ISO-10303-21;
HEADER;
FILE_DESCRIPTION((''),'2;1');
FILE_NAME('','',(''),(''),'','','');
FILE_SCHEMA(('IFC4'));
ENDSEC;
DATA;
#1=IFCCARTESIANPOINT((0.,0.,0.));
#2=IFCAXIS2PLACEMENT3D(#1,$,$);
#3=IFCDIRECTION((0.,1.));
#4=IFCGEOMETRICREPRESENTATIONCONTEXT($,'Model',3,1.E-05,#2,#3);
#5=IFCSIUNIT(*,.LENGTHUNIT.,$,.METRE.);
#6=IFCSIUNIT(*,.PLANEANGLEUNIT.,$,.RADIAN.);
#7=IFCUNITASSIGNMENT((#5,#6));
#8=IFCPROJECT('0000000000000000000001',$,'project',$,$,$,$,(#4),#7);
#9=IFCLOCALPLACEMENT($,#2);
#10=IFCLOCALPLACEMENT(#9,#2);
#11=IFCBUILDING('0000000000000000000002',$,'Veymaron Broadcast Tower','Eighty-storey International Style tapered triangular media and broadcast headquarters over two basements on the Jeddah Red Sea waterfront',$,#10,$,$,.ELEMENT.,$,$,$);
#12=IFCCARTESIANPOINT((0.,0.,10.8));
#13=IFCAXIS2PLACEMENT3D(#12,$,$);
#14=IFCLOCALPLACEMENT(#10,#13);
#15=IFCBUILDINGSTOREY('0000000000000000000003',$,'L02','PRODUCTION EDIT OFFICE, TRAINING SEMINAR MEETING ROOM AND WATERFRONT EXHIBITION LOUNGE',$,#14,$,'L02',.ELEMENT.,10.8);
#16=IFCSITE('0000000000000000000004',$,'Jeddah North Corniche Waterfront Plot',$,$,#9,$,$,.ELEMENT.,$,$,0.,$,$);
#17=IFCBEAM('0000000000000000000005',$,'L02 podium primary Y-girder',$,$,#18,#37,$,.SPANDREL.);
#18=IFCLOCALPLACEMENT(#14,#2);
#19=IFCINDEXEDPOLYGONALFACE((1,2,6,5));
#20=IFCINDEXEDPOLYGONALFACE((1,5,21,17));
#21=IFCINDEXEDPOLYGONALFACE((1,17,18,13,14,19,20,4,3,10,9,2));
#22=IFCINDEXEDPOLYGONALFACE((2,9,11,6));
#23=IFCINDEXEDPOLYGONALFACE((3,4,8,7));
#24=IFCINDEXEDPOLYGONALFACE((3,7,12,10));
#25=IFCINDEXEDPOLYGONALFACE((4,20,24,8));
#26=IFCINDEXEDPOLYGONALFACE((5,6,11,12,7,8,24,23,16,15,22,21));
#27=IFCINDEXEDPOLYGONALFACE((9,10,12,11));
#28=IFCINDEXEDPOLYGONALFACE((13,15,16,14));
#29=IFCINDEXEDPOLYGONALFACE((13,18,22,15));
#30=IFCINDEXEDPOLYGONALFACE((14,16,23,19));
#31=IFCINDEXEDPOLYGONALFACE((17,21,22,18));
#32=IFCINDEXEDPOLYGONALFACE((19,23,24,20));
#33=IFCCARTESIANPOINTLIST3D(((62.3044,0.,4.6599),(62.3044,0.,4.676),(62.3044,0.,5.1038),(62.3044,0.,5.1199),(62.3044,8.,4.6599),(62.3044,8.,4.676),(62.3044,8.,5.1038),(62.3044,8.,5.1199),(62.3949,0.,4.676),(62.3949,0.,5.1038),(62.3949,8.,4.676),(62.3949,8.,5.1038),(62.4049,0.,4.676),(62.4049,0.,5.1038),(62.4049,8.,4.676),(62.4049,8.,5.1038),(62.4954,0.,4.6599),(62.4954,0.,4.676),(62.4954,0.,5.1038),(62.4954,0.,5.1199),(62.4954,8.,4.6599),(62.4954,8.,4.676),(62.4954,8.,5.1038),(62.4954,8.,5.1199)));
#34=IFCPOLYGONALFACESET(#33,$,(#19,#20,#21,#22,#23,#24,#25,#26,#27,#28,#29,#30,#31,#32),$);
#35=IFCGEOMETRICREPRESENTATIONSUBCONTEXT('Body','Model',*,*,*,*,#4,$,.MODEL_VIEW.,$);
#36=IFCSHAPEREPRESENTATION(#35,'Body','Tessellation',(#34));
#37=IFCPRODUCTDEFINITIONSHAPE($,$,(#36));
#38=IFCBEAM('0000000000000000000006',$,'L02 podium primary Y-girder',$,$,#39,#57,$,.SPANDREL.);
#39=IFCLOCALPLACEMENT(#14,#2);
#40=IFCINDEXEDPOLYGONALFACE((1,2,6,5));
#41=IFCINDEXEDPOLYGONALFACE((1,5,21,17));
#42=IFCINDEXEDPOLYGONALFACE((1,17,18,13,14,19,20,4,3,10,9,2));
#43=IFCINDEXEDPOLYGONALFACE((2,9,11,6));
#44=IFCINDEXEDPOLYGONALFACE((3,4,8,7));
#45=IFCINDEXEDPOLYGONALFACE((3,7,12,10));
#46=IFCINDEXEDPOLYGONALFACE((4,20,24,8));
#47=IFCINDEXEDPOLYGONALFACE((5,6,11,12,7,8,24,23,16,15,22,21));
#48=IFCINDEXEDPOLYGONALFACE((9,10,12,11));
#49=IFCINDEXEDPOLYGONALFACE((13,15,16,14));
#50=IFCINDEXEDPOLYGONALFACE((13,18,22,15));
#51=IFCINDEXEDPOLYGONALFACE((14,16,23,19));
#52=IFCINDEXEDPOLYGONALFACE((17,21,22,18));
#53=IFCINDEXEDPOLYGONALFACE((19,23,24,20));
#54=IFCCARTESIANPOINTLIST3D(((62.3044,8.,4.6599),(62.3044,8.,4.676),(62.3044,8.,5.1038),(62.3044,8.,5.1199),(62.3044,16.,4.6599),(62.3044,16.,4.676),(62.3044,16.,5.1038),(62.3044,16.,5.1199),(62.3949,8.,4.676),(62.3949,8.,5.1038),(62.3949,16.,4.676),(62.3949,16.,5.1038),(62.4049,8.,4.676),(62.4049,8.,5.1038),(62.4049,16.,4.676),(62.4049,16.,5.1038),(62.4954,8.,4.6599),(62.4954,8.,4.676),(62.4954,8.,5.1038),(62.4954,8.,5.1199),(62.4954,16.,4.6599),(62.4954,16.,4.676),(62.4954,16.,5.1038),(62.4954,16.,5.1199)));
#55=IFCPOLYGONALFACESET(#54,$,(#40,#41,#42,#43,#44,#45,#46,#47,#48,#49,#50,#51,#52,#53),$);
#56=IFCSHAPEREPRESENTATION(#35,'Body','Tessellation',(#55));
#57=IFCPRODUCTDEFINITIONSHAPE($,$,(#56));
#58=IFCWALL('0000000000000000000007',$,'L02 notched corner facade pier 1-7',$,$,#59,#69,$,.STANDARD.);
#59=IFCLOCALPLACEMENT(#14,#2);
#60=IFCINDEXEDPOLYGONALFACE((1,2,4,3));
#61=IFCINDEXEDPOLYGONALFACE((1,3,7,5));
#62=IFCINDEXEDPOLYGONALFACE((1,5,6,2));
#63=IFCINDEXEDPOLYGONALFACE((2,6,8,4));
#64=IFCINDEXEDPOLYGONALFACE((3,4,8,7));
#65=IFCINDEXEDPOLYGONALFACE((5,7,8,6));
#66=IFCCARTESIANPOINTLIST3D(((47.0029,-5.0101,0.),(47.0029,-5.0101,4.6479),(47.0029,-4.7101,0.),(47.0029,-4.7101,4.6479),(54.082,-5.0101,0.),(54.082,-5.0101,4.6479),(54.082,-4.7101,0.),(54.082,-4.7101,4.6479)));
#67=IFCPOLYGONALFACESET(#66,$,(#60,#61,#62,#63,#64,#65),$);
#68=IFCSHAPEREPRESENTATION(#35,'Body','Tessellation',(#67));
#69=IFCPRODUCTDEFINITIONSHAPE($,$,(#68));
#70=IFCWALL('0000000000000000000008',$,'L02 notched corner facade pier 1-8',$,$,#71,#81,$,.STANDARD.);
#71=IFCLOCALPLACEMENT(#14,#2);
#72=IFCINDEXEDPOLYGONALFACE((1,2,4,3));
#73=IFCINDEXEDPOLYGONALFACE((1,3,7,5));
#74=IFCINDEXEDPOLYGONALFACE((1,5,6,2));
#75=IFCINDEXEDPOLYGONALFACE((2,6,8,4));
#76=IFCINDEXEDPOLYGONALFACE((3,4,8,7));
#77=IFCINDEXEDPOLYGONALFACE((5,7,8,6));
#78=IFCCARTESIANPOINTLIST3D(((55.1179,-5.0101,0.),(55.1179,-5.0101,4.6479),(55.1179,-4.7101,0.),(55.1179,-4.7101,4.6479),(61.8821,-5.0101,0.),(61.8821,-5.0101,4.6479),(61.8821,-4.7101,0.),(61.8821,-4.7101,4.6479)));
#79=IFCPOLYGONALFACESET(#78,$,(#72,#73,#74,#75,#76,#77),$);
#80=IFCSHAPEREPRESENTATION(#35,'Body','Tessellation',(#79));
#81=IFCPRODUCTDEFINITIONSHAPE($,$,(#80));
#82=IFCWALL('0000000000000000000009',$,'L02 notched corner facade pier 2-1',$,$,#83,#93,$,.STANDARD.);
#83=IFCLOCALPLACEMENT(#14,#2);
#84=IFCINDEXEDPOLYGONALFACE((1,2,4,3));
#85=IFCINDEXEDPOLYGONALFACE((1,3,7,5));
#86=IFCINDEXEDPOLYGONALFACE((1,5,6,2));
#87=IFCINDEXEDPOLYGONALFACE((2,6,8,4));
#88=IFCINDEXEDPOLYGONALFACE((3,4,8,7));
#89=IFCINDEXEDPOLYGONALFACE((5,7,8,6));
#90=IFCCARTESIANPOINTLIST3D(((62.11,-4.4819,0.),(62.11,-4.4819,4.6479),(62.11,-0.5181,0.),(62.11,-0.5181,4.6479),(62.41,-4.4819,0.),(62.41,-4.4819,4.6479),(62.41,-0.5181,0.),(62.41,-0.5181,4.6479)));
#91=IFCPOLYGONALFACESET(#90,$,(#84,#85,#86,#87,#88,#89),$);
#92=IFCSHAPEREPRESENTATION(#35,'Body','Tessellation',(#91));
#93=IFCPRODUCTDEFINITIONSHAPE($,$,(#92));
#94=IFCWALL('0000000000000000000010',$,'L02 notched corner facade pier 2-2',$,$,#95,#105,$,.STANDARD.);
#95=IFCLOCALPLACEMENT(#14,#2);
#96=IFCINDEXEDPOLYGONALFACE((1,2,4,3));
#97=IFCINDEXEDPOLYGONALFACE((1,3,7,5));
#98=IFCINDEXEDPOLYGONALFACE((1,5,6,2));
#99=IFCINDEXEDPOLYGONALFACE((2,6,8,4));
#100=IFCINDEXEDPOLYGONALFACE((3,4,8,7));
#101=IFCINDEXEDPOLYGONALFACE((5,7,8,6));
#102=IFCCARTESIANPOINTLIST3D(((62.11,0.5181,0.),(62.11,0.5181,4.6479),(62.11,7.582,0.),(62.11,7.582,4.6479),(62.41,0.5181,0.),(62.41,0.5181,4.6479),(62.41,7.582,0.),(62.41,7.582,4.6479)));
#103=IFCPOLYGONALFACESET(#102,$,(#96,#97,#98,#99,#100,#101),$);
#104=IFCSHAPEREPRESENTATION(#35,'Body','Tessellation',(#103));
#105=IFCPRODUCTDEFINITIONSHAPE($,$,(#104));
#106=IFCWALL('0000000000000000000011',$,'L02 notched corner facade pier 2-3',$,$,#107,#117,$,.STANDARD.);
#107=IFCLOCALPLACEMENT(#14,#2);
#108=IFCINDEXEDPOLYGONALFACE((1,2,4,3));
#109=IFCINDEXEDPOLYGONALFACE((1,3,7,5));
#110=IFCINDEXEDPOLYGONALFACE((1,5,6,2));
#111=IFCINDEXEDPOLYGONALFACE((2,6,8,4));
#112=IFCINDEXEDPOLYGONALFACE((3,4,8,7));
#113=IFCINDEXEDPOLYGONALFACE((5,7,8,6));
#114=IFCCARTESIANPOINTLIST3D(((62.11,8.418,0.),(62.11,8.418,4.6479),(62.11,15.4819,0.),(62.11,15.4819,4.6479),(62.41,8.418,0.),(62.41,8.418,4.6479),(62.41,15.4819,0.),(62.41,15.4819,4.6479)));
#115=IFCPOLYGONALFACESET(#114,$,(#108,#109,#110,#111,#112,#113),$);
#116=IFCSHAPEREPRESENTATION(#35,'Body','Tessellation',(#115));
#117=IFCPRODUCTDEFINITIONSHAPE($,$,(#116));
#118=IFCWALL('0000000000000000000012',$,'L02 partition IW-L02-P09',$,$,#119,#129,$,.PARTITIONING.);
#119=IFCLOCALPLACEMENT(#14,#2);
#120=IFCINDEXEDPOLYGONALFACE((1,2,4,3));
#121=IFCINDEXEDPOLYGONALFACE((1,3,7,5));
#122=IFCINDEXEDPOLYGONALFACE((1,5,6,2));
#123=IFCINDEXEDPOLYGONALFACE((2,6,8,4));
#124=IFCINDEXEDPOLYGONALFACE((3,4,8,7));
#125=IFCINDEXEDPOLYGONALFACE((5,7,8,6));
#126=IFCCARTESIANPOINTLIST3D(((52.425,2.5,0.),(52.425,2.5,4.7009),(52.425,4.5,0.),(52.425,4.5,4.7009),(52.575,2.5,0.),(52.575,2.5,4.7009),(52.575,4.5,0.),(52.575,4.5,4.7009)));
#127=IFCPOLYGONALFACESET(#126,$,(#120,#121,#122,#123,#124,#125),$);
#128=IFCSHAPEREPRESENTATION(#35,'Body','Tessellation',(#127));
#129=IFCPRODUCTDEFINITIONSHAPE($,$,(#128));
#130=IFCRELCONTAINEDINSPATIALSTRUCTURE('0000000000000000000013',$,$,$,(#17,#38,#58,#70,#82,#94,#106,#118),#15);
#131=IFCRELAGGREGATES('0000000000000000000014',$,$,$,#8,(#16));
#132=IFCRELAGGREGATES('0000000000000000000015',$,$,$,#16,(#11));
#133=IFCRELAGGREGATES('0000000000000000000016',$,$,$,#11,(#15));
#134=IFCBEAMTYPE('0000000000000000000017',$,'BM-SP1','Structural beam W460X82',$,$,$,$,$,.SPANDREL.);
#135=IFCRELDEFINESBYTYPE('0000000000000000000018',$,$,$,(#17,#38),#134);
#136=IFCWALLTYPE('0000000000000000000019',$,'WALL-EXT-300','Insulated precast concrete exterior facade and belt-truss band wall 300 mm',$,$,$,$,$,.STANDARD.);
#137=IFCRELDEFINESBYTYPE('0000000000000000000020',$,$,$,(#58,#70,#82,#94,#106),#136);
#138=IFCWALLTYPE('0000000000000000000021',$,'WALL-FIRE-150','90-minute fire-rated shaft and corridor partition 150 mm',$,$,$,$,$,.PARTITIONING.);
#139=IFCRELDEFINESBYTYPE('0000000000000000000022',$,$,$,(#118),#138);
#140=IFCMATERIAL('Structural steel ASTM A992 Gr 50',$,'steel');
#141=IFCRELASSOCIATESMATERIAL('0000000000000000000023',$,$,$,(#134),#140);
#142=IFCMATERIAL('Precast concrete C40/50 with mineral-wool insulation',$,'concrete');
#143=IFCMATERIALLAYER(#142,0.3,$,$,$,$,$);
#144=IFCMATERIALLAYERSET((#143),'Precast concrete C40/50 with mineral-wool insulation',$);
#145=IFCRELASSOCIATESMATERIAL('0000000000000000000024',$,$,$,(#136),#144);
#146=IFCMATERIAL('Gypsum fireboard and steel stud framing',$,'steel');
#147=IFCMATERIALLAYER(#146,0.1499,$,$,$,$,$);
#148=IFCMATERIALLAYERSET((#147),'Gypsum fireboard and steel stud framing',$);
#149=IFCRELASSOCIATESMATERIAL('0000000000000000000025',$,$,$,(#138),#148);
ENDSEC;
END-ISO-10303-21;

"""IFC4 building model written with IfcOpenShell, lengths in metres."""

from ifc_helpers import new_model, si_unit, direction, frame, frame_2d, origin, origin_2d, place, context, subcontext, project, spatial, rectangle, i_section, extrude, material, layer, layer_set, material_profile, profile_set, type_object, element, save


model = new_model("IFC4")

# Units and contexts
model_context = context("Model", 3, precision=1e-05, world=origin(), true_north=direction((0.0, 1.0)))
body_context = subcontext(model_context, "Body", "Model", "MODEL_VIEW")
ifc_project = project(units=[si_unit("LENGTHUNIT", "METRE"), si_unit("PLANEANGLEUNIT", "RADIAN")], contexts=[model_context])

# Site, building, storey
site_placement = place(None, origin())
site = spatial("IfcSite", under=ifc_project, at=site_placement, Name="Jeddah North Corniche Waterfront Plot", CompositionType="ELEMENT", RefElevation=0.0)
building_placement = place(site_placement, origin())
building = spatial("IfcBuilding", under=site, at=building_placement, Name="Veymaron Broadcast Tower", Description="Eighty-storey International Style tapered triangular media and broadcast headquarters over two basements on the Jeddah Red Sea waterfront", CompositionType="ELEMENT")
storey_placement = place(building_placement, frame((0.0, 0.0, 10.8)))
storey = spatial("IfcBuildingStorey", under=building, at=storey_placement, Name="L02", Description="PRODUCTION EDIT OFFICE, TRAINING SEMINAR MEETING ROOM AND WATERFRONT EXHIBITION LOUNGE", LongName="L02", CompositionType="ELEMENT", Elevation=10.8)

# Beams
ifc_material_1 = material(Name="Structural steel ASTM A992 Gr 50", Category="steel")
ifc_material_profile_1 = material_profile(ifc_material_1, i_section(OverallWidth=0.1909, OverallDepth=0.46, WebThickness=0.01, FlangeThickness=0.0161, at=origin_2d()), Name="W460X82")
ifc_profile_set_1 = profile_set([ifc_material_profile_1], Name="Structural steel ASTM A992 Gr 50")
beam_type_1 = type_object("IfcBeamType", Name="BM-SP1", Description="Structural beam W460X82", PredefinedType="SPANDREL", material=ifc_profile_set_1)
for number, where, z_axis, x_axis, name in (
    (1, (62.3999, 0.0, 4.8899), (0.0, 1.0, 0.0), (-1.0, 0.0, 0.0), "L02 podium primary Y-girder"),
    (2, (62.3999, 8.0, 4.8899), (0.0, 1.0, 0.0), (-1.0, 0.0, 0.0), "L02 podium primary Y-girder"),
):
    element("IfcBeam", number, at=place(storey_placement, frame(where, z_axis=z_axis, x_axis=x_axis)), inside=storey, type_object=beam_type_1, Name=name, PredefinedType="SPANDREL", context=body_context, shape_type="SweptSolid", body=[
        extrude(i_section(OverallWidth=0.1909, OverallDepth=0.46, WebThickness=0.01, FlangeThickness=0.0161, at=origin_2d()), origin(), (0.0, 0.0, 1.0), 8.0),
    ])

# Walls
ifc_material_2 = material(Name="Precast concrete C40/50 with mineral-wool insulation", Category="concrete")
ifc_layer_1 = layer(ifc_material_2, 0.3)
ifc_layer_set_1 = layer_set([ifc_layer_1], Name="Precast concrete C40/50 with mineral-wool insulation")
wall_type_1 = type_object("IfcWallType", Name="WALL-EXT-300", Description="Insulated precast concrete exterior facade and belt-truss band wall 300 mm", PredefinedType="STANDARD", material=ifc_layer_set_1)
wall_1_placement = place(storey_placement, frame((47.0029, -4.8601, 0.0), z_axis=(0.0, 0.0, 1.0), x_axis=(1.0, 0.0, 0.0)))
element("IfcWall", 3, at=wall_1_placement, inside=storey, type_object=wall_type_1, Name="L02 notched corner facade pier 1-7", PredefinedType="STANDARD", context=body_context, shape_type="SweptSolid", body=[
    extrude(rectangle(XDim=7.0791, YDim=0.3, at=frame_2d((3.5396, 0.0))), origin(), (0.0, 0.0, 1.0), 4.6479),
])
wall_2_placement = place(storey_placement, frame((55.1179, -4.8601, 0.0), z_axis=(0.0, 0.0, 1.0), x_axis=(1.0, 0.0, 0.0)))
element("IfcWall", 4, at=wall_2_placement, inside=storey, type_object=wall_type_1, Name="L02 notched corner facade pier 1-8", PredefinedType="STANDARD", context=body_context, shape_type="SweptSolid", body=[
    extrude(rectangle(XDim=6.7642, YDim=0.3, at=frame_2d((3.3821, 0.0))), origin(), (0.0, 0.0, 1.0), 4.6479),
])
wall_3_placement = place(storey_placement, frame((62.26, -4.4819, 0.0), z_axis=(0.0, 0.0, 1.0), x_axis=(0.0, 1.0, 0.0)))
element("IfcWall", 5, at=wall_3_placement, inside=storey, type_object=wall_type_1, Name="L02 notched corner facade pier 2-1", PredefinedType="STANDARD", context=body_context, shape_type="SweptSolid", body=[
    extrude(rectangle(XDim=3.9639, YDim=0.3, at=frame_2d((1.9819, 0.0))), origin(), (0.0, 0.0, 1.0), 4.6479),
])
for number, where, z_axis, x_axis, name in (
    (6, (62.26, 0.5181, 0.0), (0.0, 0.0, 1.0), (0.0, 1.0, 0.0), "L02 notched corner facade pier 2-2"),
    (7, (62.26, 8.418, 0.0), (0.0, 0.0, 1.0), (0.0, 1.0, 0.0), "L02 notched corner facade pier 2-3"),
):
    element("IfcWall", number, at=place(storey_placement, frame(where, z_axis=z_axis, x_axis=x_axis)), inside=storey, type_object=wall_type_1, Name=name, PredefinedType="STANDARD", context=body_context, shape_type="SweptSolid", body=[
        extrude(rectangle(XDim=7.064, YDim=0.3, at=frame_2d((3.532, 0.0))), origin(), (0.0, 0.0, 1.0), 4.6479),
    ])
ifc_material_3 = material(Name="Gypsum fireboard and steel stud framing", Category="steel")
ifc_layer_2 = layer(ifc_material_3, 0.1499)
ifc_layer_set_2 = layer_set([ifc_layer_2], Name="Gypsum fireboard and steel stud framing")
wall_type_2 = type_object("IfcWallType", Name="WALL-FIRE-150", Description="90-minute fire-rated shaft and corridor partition 150 mm", PredefinedType="PARTITIONING", material=ifc_layer_set_2)
wall_4_placement = place(storey_placement, frame((52.5, 2.5, 0.0), z_axis=(0.0, 0.0, 1.0), x_axis=(0.0, 1.0, 0.0)))
element("IfcWall", 8, at=wall_4_placement, inside=storey, type_object=wall_type_2, Name="L02 partition IW-L02-P09", PredefinedType="PARTITIONING", context=body_context, shape_type="SweptSolid", body=[
    extrude(rectangle(XDim=2.0, YDim=0.1499, at=frame_2d((1.0, 0.0))), origin(), (0.0, 0.0, 1.0), 4.7009),
])

save(model, "model.ifc")
